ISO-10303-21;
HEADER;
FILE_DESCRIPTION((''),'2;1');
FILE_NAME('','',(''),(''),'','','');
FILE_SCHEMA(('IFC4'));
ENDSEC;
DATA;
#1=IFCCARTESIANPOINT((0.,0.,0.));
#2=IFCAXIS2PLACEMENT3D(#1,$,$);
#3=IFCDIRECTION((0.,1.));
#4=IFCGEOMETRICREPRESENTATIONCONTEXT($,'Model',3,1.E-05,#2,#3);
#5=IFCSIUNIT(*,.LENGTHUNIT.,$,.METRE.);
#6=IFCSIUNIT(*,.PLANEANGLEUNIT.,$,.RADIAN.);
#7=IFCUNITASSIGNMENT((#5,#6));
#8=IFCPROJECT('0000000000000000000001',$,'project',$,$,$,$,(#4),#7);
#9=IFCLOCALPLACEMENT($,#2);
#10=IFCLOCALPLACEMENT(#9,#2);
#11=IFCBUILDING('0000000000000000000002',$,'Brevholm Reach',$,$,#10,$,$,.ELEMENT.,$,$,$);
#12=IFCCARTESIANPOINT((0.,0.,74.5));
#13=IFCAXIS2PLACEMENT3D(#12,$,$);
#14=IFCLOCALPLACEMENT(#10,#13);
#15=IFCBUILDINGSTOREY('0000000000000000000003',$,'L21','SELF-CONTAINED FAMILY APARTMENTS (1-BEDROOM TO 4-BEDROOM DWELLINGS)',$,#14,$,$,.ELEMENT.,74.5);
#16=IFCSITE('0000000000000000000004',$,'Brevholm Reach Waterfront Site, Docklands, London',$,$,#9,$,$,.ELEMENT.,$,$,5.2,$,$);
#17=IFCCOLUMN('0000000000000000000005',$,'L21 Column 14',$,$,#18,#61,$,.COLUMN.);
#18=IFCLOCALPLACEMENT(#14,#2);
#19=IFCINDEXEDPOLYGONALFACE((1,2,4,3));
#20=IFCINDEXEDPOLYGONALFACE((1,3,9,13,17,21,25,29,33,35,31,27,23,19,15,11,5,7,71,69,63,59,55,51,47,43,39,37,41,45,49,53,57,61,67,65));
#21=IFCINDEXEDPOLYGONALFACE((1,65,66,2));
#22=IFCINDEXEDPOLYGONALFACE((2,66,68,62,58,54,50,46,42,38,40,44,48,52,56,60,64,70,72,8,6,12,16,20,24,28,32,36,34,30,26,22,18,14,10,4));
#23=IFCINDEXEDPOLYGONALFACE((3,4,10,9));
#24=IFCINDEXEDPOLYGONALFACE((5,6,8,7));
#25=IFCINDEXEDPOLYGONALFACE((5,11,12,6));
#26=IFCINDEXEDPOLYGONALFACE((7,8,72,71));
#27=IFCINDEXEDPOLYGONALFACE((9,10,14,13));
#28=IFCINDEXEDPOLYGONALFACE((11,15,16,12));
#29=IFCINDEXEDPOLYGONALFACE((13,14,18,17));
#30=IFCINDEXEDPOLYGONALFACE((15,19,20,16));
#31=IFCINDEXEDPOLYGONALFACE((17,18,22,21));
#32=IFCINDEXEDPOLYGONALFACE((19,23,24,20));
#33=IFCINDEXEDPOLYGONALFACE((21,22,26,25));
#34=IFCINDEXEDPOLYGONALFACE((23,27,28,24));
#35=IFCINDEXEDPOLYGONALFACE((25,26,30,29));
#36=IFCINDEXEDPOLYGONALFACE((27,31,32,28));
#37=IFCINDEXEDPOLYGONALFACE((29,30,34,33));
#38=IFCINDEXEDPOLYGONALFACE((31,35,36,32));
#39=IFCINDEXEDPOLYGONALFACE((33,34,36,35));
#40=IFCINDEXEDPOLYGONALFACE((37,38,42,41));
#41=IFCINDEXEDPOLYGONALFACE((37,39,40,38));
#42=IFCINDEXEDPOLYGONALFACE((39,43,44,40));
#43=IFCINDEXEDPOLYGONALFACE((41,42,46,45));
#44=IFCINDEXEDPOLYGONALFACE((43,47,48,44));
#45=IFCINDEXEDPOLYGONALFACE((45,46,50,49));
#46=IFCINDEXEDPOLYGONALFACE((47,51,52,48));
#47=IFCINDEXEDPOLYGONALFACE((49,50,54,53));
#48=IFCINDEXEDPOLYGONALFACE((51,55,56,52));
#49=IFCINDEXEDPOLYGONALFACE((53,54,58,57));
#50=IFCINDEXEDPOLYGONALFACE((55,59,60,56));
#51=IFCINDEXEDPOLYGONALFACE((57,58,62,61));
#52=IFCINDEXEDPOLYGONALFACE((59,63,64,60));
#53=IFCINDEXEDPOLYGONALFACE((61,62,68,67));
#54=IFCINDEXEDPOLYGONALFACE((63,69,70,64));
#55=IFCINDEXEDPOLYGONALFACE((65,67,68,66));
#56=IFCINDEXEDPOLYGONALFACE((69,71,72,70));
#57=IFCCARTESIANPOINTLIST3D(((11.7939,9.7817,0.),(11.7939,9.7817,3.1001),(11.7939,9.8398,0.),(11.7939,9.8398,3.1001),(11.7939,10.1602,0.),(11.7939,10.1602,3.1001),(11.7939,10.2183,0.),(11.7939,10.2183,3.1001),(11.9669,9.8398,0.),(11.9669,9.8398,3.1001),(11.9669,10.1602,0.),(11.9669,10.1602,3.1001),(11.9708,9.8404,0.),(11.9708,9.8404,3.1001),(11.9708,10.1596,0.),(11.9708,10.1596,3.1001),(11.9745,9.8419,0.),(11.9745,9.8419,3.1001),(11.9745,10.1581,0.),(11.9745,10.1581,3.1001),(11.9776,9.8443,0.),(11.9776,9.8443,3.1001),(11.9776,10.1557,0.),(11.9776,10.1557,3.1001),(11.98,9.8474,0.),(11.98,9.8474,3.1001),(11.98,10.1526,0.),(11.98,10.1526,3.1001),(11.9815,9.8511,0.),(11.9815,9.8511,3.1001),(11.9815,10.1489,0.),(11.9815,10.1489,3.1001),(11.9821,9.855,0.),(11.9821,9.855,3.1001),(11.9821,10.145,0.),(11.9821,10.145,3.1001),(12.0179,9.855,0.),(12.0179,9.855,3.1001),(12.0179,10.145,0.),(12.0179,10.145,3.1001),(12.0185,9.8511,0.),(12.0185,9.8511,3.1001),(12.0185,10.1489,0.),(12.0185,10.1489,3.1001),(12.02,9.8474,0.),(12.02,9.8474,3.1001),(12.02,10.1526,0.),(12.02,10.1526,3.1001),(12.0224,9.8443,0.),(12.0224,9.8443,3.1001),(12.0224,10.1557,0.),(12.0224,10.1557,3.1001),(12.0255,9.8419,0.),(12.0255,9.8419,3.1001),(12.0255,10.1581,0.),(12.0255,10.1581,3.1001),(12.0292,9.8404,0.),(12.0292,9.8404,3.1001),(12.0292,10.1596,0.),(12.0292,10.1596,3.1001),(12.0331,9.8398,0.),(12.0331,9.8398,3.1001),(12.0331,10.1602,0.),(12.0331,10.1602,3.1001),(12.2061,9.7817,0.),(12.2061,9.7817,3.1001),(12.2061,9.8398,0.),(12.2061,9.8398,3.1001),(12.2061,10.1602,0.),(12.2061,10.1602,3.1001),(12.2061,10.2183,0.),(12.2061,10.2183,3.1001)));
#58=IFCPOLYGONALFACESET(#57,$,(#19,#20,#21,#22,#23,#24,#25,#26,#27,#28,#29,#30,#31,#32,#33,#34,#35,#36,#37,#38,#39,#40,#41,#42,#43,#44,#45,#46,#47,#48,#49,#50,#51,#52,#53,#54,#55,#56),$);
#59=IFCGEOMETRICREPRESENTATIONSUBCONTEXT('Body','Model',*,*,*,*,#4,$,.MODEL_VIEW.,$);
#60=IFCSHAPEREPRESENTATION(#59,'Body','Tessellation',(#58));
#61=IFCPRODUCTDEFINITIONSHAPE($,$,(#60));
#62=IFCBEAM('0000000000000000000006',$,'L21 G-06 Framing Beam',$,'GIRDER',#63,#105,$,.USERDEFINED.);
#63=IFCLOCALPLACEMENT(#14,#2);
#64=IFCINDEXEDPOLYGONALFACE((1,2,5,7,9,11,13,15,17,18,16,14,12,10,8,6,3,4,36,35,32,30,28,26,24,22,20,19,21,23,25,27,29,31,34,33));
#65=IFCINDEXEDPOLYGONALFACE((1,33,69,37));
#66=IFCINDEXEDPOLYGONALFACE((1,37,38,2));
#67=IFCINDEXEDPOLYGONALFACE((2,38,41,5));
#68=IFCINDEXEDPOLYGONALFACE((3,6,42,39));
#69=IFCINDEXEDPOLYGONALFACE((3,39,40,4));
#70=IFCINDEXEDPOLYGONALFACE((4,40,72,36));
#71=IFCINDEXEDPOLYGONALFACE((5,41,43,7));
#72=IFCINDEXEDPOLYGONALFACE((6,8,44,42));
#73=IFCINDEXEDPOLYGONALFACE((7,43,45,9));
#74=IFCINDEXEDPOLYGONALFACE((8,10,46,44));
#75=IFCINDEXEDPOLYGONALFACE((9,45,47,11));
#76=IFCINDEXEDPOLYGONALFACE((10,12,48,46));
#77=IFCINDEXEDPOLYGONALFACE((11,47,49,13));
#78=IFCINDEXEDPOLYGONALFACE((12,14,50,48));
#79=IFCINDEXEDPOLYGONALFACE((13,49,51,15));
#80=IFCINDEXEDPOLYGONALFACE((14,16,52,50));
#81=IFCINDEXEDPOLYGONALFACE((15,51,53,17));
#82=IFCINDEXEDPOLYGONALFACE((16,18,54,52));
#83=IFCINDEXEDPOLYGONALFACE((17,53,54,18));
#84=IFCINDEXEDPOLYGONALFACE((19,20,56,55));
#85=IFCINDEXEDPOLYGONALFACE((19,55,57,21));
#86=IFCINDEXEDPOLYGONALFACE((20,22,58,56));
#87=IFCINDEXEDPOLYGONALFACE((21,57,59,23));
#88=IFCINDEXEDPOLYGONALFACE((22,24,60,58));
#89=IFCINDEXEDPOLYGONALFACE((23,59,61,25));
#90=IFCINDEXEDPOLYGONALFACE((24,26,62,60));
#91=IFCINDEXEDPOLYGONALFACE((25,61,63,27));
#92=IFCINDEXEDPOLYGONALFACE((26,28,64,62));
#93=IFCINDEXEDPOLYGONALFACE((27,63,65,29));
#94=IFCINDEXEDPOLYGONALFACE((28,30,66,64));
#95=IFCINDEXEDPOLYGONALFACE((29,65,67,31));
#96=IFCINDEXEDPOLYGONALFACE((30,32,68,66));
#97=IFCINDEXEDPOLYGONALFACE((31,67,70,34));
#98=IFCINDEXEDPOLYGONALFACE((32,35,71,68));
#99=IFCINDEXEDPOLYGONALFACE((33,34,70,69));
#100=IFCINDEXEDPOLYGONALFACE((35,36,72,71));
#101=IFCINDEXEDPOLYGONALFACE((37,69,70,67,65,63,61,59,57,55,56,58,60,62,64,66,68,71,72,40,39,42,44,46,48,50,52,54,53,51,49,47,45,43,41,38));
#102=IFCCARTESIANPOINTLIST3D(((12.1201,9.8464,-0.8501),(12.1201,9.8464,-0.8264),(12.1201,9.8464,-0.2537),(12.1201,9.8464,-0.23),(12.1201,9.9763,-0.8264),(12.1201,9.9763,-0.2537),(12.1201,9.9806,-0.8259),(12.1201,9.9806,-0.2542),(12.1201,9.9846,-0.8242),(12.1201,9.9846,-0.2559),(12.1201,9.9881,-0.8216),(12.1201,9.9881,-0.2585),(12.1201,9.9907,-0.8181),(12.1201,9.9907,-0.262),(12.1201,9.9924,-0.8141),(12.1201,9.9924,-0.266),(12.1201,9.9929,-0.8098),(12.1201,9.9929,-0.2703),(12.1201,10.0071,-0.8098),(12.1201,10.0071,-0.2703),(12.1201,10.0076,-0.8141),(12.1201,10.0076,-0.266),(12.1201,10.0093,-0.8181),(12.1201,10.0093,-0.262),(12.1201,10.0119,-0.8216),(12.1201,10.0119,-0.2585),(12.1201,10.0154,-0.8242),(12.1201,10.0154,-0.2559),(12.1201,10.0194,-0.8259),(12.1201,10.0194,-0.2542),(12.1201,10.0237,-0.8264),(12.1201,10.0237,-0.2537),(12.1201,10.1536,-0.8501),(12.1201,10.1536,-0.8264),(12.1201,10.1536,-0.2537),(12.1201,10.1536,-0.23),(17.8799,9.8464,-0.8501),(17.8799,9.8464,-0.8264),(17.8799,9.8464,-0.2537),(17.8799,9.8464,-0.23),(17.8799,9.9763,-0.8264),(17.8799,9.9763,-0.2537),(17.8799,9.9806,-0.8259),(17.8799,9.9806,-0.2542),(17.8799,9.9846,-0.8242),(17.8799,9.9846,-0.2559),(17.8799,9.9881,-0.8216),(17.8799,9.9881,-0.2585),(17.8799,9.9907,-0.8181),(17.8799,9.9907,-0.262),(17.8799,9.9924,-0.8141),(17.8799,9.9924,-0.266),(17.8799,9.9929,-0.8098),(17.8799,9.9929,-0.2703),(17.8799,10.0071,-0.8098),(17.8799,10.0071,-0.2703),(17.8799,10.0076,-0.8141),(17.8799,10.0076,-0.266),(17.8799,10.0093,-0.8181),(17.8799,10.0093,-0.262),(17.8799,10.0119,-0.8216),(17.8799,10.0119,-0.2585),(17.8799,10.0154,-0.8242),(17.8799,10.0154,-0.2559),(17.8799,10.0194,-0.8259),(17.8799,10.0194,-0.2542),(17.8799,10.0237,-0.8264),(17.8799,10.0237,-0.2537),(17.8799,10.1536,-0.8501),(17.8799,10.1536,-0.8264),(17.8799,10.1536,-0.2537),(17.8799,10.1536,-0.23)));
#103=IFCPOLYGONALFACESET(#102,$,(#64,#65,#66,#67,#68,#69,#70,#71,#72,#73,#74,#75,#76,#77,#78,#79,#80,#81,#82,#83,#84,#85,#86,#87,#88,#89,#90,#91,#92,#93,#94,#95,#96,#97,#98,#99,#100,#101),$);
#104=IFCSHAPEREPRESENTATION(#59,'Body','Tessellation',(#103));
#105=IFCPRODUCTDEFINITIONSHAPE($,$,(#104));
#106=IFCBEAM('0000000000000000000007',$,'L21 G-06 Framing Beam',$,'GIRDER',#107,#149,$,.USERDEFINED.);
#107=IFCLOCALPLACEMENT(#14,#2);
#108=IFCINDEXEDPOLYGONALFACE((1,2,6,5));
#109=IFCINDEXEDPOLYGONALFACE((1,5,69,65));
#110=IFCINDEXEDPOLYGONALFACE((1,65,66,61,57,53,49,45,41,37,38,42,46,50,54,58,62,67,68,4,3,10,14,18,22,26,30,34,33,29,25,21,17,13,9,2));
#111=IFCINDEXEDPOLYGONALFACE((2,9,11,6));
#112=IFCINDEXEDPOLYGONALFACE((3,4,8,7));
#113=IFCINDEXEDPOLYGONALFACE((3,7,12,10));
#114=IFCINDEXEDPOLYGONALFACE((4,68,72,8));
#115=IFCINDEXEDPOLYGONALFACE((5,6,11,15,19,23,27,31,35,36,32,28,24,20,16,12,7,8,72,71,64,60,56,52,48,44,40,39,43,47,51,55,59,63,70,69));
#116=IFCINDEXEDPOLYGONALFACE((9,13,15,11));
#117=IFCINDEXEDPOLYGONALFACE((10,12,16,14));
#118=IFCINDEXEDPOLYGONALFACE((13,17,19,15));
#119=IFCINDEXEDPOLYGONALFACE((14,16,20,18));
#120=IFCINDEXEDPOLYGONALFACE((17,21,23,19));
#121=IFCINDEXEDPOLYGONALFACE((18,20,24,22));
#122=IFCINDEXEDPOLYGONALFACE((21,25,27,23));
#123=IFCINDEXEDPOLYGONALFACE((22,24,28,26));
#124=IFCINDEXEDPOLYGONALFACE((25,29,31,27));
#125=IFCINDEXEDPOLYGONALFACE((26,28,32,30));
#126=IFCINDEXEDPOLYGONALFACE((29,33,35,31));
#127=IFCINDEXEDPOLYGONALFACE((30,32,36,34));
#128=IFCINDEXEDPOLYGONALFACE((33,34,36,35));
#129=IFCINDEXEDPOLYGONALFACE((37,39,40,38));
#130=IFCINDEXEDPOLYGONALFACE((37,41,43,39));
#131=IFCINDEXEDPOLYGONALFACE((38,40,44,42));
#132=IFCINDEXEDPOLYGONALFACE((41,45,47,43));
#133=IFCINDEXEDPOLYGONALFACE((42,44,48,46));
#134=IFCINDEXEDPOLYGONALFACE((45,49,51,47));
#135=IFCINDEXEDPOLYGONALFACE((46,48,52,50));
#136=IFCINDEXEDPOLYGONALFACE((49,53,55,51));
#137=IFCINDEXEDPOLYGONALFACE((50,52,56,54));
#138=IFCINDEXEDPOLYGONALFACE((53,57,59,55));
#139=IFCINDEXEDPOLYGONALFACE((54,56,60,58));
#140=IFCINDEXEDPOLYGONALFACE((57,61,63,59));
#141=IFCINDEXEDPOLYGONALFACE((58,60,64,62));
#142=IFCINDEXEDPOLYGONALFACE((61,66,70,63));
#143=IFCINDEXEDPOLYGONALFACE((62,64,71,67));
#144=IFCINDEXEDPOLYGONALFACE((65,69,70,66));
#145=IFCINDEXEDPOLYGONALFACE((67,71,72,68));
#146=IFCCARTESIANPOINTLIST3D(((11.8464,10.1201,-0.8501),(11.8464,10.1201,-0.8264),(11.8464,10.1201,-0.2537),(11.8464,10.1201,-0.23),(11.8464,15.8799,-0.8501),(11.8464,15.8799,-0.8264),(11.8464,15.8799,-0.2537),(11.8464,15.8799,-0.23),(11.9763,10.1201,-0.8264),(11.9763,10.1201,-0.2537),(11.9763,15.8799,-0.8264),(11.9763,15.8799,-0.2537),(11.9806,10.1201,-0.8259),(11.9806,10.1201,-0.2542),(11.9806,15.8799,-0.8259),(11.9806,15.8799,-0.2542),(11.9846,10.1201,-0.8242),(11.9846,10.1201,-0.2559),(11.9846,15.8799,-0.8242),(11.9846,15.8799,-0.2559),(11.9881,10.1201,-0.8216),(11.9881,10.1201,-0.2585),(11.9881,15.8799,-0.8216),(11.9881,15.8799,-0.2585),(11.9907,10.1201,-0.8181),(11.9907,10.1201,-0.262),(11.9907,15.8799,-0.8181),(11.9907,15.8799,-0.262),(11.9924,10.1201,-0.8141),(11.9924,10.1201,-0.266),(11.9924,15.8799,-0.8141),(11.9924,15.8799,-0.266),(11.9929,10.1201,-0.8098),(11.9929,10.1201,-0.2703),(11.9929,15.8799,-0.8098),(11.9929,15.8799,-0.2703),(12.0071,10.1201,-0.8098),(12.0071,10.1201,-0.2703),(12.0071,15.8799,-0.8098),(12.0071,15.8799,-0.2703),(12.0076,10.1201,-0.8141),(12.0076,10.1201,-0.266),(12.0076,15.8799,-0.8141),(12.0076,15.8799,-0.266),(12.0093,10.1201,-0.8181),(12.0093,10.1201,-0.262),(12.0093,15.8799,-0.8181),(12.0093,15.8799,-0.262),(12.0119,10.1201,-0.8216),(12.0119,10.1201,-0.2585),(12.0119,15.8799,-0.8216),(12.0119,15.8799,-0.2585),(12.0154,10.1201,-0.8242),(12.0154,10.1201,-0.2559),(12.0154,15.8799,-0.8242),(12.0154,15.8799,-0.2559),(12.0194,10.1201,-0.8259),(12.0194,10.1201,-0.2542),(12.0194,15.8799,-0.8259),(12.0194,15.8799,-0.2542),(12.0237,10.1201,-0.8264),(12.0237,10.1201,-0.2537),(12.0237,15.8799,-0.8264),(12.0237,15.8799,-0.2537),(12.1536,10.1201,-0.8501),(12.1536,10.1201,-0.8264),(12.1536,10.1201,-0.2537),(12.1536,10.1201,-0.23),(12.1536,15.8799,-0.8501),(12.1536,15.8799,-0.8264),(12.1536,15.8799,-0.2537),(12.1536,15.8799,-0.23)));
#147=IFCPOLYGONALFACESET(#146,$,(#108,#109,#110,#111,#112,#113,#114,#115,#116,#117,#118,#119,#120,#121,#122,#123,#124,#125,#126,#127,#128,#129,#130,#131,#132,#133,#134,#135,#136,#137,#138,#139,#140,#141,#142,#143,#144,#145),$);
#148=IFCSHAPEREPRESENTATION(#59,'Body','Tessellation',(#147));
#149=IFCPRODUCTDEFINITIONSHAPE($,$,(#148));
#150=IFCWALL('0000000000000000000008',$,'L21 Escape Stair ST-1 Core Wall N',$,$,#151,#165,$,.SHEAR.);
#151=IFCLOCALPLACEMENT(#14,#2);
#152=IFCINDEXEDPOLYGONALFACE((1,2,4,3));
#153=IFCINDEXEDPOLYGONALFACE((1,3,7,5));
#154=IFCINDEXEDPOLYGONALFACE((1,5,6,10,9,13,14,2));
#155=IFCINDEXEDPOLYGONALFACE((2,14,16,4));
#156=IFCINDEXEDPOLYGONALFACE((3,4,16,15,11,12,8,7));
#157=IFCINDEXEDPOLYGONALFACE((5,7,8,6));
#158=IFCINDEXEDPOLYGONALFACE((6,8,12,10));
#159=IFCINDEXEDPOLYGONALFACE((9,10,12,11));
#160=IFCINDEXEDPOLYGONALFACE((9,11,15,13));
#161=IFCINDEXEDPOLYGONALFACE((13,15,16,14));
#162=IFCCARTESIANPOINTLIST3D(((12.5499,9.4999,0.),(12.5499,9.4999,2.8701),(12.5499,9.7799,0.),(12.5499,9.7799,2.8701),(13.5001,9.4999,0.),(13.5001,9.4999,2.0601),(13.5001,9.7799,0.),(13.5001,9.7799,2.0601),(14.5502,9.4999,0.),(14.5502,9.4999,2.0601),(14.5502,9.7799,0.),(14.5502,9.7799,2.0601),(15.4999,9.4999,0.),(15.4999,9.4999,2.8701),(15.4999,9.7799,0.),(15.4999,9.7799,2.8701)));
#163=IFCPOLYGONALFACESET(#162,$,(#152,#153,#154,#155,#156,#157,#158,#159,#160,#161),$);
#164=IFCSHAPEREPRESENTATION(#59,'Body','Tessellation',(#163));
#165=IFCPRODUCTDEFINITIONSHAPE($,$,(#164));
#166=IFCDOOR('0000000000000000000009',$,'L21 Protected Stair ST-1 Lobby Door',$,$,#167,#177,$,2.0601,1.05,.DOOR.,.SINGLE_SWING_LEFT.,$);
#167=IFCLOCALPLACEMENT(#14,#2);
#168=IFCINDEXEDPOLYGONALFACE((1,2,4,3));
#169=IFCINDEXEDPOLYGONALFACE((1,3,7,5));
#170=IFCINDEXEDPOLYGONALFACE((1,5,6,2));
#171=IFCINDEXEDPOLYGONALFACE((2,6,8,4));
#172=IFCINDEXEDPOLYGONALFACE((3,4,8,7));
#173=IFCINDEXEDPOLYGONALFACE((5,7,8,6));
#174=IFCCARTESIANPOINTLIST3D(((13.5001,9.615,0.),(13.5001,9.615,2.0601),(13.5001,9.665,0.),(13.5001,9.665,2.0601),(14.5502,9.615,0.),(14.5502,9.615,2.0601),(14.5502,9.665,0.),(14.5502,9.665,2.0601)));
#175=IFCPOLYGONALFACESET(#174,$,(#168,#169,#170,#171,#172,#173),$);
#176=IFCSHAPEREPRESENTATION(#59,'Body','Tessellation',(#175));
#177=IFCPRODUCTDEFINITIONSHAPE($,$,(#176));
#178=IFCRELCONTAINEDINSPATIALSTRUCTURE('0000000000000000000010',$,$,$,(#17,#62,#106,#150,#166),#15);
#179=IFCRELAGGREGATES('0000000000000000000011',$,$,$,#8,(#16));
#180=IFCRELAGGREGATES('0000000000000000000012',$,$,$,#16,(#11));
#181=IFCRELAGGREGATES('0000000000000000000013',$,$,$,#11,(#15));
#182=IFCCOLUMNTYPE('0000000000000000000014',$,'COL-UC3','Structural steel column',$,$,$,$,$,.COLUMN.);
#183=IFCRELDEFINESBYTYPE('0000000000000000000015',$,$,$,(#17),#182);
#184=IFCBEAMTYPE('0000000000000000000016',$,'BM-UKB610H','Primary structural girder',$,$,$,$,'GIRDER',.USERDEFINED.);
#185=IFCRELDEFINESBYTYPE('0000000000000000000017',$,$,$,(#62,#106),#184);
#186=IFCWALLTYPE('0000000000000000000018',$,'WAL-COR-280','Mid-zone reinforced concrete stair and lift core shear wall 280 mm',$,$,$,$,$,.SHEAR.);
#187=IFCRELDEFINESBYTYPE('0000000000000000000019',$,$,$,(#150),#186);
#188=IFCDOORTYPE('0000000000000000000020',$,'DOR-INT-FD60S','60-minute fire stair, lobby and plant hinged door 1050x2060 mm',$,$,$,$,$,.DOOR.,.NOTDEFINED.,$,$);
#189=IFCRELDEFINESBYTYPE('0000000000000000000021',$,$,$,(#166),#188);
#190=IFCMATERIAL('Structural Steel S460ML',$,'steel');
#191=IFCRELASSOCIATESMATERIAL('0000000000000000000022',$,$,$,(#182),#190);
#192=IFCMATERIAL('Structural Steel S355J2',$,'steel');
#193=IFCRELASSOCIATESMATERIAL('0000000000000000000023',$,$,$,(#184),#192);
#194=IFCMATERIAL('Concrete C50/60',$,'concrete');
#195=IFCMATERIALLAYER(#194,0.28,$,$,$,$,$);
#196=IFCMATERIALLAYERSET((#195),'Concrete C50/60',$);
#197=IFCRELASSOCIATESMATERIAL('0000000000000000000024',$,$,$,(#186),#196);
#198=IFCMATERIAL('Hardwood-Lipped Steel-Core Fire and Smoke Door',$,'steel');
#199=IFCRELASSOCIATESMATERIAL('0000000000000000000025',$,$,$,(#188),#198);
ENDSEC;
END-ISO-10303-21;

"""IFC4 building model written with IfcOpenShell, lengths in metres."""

from ifc_helpers import new_model, si_unit, direction, frame, frame_2d, origin, origin_2d, place, context, subcontext, project, spatial, rectangle, i_section, extrude, material, layer, layer_set, material_profile, profile_set, type_object, element, fill, save


model = new_model("IFC4")

# Units and contexts
model_context = context("Model", 3, precision=1e-05, world=origin(), true_north=direction((0.0, 1.0)))
body_context = subcontext(model_context, "Body", "Model", "MODEL_VIEW")
ifc_project = project(units=[si_unit("LENGTHUNIT", "METRE"), si_unit("PLANEANGLEUNIT", "RADIAN")], contexts=[model_context])

# Site, building, storey
site_placement = place(None, origin())
site = spatial("IfcSite", under=ifc_project, at=site_placement, Name="Brevholm Reach Waterfront Site, Docklands, London", CompositionType="ELEMENT", RefElevation=5.2)
building_placement = place(site_placement, origin())
building = spatial("IfcBuilding", under=site, at=building_placement, Name="Brevholm Reach", CompositionType="ELEMENT")
storey_placement = place(building_placement, frame((0.0, 0.0, 74.5)))
storey = spatial("IfcBuildingStorey", under=building, at=storey_placement, Name="L21", Description="SELF-CONTAINED FAMILY APARTMENTS (1-BEDROOM TO 4-BEDROOM DWELLINGS)", CompositionType="ELEMENT", Elevation=74.5)

# Column
ifc_material_1 = material(Name="Structural Steel S460ML", Category="steel")
ifc_material_profile_1 = material_profile(ifc_material_1, i_section(OverallWidth=0.4121, OverallDepth=0.4365, WebThickness=0.0359, FlangeThickness=0.0581, FilletRadius=0.0151, at=origin_2d()), Name="UKC 356x406x467")
ifc_profile_set_1 = profile_set([ifc_material_profile_1], Name="Structural Steel S460ML")
column_type = type_object("IfcColumnType", Name="COL-UC3", Description="Structural steel column", PredefinedType="COLUMN", material=ifc_profile_set_1)
column_placement = place(storey_placement, frame((12.0, 10.0, 0.0), z_axis=(0.0, 0.0, 1.0), x_axis=(1.0, 0.0, 0.0)))
element("IfcColumn", 1, at=column_placement, inside=storey, type_object=column_type, Name="L21 Column 14", PredefinedType="COLUMN", context=body_context, shape_type="SweptSolid", body=[
    extrude(i_section(OverallWidth=0.4121, OverallDepth=0.4365, WebThickness=0.0359, FlangeThickness=0.0581, FilletRadius=0.0151, at=origin_2d()), origin(), (0.0, 0.0, 1.0), 3.1001),
])

# Beams
ifc_material_2 = material(Name="Structural Steel S355J2", Category="steel")
ifc_material_profile_2 = material_profile(ifc_material_2, i_section(OverallWidth=0.3071, OverallDepth=0.6201, WebThickness=0.0142, FlangeThickness=0.0237, FilletRadius=0.0166, at=origin_2d()), Name="UKB 610x305x179")
ifc_profile_set_2 = profile_set([ifc_material_profile_2], Name="Structural Steel S355J2")
beam_type = type_object("IfcBeamType", Name="BM-UKB610H", Description="Primary structural girder", ElementType="GIRDER", PredefinedType="USERDEFINED", material=ifc_profile_set_2)
for number, where, z_axis, x_axis, name in (
    (2, (12.1201, 10.0, -0.54), (1.0, 0.0, 0.0), (0.0, 1.0, 0.0), "L21 G-06 Framing Beam"),
    (3, (12.0, 10.1201, -0.54), (0.0, 1.0, 0.0), (-1.0, 0.0, 0.0), "L21 G-06 Framing Beam"),
):
    element("IfcBeam", number, at=place(storey_placement, frame(where, z_axis=z_axis, x_axis=x_axis)), inside=storey, type_object=beam_type, Name=name, ObjectType="GIRDER", PredefinedType="USERDEFINED", context=body_context, shape_type="SweptSolid", body=[
        extrude(i_section(OverallWidth=0.3071, OverallDepth=0.6201, WebThickness=0.0142, FlangeThickness=0.0237, FilletRadius=0.0166, at=origin_2d()), origin(), (0.0, 0.0, 1.0), 5.7598),
    ])

# Wall, opening, door
ifc_material_3 = material(Name="Concrete C50/60", Category="concrete")
ifc_layer_1 = layer(ifc_material_3, 0.28)
ifc_layer_set_1 = layer_set([ifc_layer_1], Name="Concrete C50/60")
wall_type_1 = type_object("IfcWallType", Name="WAL-COR-280", Description="Mid-zone reinforced concrete stair and lift core shear wall 280 mm", PredefinedType="SHEAR", material=ifc_layer_set_1)
wall_1_placement = place(storey_placement, frame((15.5, 9.6399, 0.0), z_axis=(0.0, 0.0, 1.0), x_axis=(-1.0, 0.0, 0.0)))
wall_1 = element("IfcWall", 4, at=wall_1_placement, inside=storey, type_object=wall_type_1, Name="L21 Escape Stair ST-1 Core Wall N", PredefinedType="SHEAR", context=body_context, shape_type="SweptSolid", body=[
    extrude(rectangle(XDim=2.95, YDim=0.28, at=frame_2d((1.4751, 0.0))), origin(), (0.0, 0.0, 1.0), 2.8701),
])
opening_1_placement = place(wall_1_placement, frame((0.95, 0.0, 0.0)))
opening_1 = element("IfcOpeningElement", 5, at=opening_1_placement, cuts=wall_1, PredefinedType="OPENING", context=body_context, shape_type="SweptSolid", body=[
    extrude(rectangle(XDim=1.05, YDim=2.0601, at=frame_2d((0.5249, 1.03))), frame((0.0, 0.1499, 0.0), z_axis=(0.0, -1.0, 0.0), x_axis=(1.0, 0.0, 0.0)), (0.0, 0.0, 1.0), 0.3),
])
ifc_material_4 = material(Name="Hardwood-Lipped Steel-Core Fire and Smoke Door", Category="steel")
door_type_1 = type_object("IfcDoorType", Name="DOR-INT-FD60S", Description="60-minute fire stair, lobby and plant hinged door 1050x2060 mm", OperationType="NOTDEFINED", PredefinedType="DOOR", material=ifc_material_4)
door_1_placement = place(opening_1_placement, origin())
door_1 = element("IfcDoor", 6, at=door_1_placement, inside=storey, type_object=door_type_1, Name="L21 Protected Stair ST-1 Lobby Door", OperationType="SINGLE_SWING_LEFT", OverallHeight=2.0601, OverallWidth=1.05, PredefinedType="DOOR", context=body_context, shape_type="SweptSolid", body=[
    extrude(rectangle(XDim=1.05, YDim=2.0601, at=frame_2d((0.5249, 1.03))), frame((0.0, 0.0249, 0.0), z_axis=(0.0, -1.0, 0.0), x_axis=(1.0, 0.0, 0.0)), (0.0, 0.0, 1.0), 0.05),
])
fill(opening_1, door_1)

save(model, "model.ifc")
